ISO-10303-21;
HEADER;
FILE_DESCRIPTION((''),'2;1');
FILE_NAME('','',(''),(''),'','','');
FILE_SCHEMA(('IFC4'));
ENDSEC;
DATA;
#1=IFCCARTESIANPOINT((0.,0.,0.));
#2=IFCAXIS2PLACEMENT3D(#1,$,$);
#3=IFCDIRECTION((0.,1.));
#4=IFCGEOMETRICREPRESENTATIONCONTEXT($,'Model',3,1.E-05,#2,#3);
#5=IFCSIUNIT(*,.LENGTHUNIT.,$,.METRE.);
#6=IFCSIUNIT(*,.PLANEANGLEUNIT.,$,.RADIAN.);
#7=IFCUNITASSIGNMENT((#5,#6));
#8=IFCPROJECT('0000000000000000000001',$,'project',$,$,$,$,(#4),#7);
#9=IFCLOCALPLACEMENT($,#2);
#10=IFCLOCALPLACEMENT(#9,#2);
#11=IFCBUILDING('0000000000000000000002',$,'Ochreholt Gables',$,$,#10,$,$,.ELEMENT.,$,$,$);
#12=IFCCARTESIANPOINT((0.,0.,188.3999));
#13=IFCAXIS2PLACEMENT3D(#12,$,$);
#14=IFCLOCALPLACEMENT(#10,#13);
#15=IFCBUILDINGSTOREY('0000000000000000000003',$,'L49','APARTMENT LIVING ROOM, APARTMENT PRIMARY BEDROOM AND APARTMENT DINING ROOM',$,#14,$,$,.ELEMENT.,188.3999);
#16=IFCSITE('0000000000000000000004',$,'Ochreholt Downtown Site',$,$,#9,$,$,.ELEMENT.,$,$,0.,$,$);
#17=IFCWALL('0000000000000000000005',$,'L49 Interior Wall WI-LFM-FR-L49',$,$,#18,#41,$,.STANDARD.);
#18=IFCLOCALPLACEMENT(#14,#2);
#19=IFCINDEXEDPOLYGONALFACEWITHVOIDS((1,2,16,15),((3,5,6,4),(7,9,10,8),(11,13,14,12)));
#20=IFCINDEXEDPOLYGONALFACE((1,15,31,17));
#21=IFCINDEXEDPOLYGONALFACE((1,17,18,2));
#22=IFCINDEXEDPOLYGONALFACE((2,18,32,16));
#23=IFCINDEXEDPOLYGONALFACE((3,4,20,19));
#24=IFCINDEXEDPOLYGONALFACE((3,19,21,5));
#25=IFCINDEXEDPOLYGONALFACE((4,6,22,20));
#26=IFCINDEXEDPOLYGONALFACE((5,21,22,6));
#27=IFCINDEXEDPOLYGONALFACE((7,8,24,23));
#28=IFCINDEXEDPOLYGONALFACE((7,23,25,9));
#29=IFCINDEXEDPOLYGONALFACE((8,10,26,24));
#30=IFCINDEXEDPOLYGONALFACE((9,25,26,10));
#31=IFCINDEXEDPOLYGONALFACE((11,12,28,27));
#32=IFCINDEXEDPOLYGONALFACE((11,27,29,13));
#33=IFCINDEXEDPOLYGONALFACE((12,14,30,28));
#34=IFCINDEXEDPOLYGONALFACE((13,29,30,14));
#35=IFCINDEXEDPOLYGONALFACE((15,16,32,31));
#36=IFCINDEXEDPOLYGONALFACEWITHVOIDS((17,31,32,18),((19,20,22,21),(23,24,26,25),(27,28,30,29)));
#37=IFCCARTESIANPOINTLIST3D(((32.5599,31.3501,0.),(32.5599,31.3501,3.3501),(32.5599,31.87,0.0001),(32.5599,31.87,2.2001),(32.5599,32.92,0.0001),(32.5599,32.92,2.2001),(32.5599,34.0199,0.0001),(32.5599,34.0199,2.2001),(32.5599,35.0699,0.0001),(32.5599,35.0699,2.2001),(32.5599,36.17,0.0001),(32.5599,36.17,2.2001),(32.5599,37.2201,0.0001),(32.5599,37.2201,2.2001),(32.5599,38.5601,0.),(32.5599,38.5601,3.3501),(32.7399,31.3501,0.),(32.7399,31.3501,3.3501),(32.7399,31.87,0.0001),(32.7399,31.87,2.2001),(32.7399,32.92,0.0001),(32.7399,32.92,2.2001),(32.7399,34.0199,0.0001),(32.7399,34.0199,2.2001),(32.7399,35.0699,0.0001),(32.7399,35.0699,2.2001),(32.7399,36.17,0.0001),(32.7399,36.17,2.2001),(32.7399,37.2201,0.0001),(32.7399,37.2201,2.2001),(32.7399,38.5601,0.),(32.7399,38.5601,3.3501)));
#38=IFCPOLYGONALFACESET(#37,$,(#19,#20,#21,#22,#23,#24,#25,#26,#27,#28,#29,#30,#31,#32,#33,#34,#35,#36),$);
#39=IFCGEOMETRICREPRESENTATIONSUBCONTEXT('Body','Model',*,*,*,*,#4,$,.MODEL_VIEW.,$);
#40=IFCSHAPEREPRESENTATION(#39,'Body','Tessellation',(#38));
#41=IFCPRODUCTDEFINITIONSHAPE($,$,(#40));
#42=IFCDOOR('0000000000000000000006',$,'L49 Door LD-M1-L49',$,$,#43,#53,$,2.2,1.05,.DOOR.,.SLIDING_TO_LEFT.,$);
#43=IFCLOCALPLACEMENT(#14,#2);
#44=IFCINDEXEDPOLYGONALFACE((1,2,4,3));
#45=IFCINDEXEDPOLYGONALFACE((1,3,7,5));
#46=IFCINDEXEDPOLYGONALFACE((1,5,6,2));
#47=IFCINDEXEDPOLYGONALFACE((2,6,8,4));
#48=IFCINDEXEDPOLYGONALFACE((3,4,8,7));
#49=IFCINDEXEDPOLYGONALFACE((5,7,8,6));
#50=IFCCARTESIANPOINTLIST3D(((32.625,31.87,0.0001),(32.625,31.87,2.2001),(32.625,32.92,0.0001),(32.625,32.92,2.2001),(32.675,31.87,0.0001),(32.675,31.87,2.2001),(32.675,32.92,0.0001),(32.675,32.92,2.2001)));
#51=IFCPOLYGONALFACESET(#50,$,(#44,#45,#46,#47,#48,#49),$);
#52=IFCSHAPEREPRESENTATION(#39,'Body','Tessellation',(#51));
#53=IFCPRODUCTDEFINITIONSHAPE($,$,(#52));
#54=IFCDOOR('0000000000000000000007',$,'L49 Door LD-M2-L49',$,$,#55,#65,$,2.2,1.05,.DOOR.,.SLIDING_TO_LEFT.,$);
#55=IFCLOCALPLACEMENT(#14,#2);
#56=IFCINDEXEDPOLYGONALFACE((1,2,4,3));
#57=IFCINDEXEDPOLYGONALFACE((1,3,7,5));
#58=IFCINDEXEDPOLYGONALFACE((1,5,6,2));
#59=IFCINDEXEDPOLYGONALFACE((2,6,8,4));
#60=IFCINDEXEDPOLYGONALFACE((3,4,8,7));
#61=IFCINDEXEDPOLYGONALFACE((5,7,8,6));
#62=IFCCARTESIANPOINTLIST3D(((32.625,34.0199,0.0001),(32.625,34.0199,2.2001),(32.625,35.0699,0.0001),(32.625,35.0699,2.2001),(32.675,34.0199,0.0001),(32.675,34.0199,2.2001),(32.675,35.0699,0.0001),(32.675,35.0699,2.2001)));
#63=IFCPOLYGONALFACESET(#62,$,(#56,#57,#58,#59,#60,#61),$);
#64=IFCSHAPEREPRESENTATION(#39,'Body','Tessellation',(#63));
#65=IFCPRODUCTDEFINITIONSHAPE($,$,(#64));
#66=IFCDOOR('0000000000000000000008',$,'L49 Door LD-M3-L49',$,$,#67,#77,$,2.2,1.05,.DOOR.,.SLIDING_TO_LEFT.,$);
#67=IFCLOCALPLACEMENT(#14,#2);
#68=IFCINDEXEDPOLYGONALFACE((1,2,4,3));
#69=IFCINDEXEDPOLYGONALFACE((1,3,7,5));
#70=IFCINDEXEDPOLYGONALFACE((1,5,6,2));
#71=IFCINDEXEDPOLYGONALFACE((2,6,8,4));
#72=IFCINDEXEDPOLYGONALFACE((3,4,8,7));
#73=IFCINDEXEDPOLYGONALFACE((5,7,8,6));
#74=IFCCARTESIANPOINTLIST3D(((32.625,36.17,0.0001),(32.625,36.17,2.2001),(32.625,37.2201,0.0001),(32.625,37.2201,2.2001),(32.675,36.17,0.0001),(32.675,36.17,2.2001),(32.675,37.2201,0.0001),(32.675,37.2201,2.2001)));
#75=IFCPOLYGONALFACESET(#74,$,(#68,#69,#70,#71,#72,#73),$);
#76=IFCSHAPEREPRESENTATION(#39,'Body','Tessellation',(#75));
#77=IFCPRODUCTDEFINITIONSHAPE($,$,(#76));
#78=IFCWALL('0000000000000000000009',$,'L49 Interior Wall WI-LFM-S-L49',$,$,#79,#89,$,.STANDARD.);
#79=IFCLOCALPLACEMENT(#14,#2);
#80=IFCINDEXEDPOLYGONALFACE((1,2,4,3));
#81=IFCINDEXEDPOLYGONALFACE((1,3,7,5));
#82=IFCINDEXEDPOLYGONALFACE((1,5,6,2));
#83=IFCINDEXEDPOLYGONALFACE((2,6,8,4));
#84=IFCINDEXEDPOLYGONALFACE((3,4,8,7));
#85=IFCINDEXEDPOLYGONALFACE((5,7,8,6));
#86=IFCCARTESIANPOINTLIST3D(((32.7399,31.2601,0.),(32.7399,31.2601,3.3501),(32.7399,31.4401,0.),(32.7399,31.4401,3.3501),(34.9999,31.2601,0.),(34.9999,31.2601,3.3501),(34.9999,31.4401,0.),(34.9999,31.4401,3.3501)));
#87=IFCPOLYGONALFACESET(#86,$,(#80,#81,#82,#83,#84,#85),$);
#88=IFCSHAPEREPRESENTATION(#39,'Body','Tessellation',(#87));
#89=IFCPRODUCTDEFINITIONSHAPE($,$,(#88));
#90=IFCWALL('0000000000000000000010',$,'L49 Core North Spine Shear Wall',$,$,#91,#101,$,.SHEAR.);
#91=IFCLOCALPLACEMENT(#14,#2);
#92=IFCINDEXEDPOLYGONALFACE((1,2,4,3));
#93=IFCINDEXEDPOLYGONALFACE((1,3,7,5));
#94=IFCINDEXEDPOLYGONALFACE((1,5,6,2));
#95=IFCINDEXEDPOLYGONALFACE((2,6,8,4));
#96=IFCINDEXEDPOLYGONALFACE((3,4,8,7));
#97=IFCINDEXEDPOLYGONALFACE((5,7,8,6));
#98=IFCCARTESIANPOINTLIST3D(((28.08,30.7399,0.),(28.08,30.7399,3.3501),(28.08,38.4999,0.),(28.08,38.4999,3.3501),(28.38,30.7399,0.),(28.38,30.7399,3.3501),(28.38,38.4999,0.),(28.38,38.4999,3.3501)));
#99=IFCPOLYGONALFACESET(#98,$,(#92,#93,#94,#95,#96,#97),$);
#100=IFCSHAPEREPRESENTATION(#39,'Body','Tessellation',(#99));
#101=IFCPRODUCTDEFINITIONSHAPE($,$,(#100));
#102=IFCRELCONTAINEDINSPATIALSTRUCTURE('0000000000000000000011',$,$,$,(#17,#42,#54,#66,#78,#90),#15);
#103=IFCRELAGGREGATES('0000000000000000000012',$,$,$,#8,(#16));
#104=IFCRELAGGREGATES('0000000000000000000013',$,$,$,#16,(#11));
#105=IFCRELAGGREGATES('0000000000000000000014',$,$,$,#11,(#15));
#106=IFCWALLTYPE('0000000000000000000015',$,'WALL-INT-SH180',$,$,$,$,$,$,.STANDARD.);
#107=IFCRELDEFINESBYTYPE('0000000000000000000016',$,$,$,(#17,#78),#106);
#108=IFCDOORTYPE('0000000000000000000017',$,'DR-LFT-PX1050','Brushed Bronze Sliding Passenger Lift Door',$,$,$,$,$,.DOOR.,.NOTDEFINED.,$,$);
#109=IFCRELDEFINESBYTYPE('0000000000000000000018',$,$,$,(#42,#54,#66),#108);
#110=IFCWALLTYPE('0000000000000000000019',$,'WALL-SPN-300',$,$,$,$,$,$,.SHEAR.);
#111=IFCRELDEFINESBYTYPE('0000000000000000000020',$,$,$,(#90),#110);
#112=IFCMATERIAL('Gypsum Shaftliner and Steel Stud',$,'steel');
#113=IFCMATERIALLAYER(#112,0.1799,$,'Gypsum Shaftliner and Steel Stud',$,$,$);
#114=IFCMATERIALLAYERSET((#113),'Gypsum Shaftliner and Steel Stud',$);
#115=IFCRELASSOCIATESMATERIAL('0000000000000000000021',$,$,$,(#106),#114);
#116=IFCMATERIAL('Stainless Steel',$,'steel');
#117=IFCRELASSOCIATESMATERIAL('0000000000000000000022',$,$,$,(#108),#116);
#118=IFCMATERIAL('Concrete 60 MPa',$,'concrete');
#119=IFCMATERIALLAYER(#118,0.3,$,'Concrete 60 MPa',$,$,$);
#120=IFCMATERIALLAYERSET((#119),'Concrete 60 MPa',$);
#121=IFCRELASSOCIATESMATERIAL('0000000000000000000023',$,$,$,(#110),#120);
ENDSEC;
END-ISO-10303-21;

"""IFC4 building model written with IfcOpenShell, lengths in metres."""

from ifc_helpers import new_model, si_unit, direction, frame, frame_2d, origin, place, context, subcontext, project, spatial, rectangle, extrude, material, layer, layer_set, type_object, element, fill, save


model = new_model("IFC4")

# Units and contexts
model_context = context("Model", 3, precision=1e-05, world=origin(), true_north=direction((0.0, 1.0)))
body_context = subcontext(model_context, "Body", "Model", "MODEL_VIEW")
ifc_project = project(units=[si_unit("LENGTHUNIT", "METRE"), si_unit("PLANEANGLEUNIT", "RADIAN")], contexts=[model_context])

# Site, building, storey
site_placement = place(None, origin())
site = spatial("IfcSite", under=ifc_project, at=site_placement, Name="Ochreholt Downtown Site", CompositionType="ELEMENT", RefElevation=0.0)
building_placement = place(site_placement, origin())
building = spatial("IfcBuilding", under=site, at=building_placement, Name="Ochreholt Gables", CompositionType="ELEMENT")
storey_placement = place(building_placement, frame((0.0, 0.0, 188.3999)))
storey = spatial("IfcBuildingStorey", under=building, at=storey_placement, Name="L49", Description="APARTMENT LIVING ROOM, APARTMENT PRIMARY BEDROOM AND APARTMENT DINING ROOM", CompositionType="ELEMENT", Elevation=188.3999)

# Shared definitions
ifc_material_1 = material(Name="Gypsum Shaftliner and Steel Stud", Category="steel")
ifc_layer_1 = layer(ifc_material_1, 0.1799, Name="Gypsum Shaftliner and Steel Stud")
ifc_layer_set_1 = layer_set([ifc_layer_1], Name="Gypsum Shaftliner and Steel Stud")
wall_type_1 = type_object("IfcWallType", Name="WALL-INT-SH180", PredefinedType="STANDARD", material=ifc_layer_set_1)

# Wall, openings, doors
wall_1_placement = place(storey_placement, frame((32.6499, 31.3501, 0.0), z_axis=(0.0, 0.0, 1.0), x_axis=(0.0, 1.0, 0.0)))
wall_1 = element("IfcWall", 1, at=wall_1_placement, inside=storey, type_object=wall_type_1, Name="L49 Interior Wall WI-LFM-FR-L49", PredefinedType="STANDARD", context=body_context, shape_type="SweptSolid", body=[
    extrude(rectangle(XDim=7.21, YDim=0.1799, at=frame_2d((3.605, 0.0))), origin(), (0.0, 0.0, 1.0), 3.3501),
])
opening_1_placement = place(wall_1_placement, frame((0.52, 0.0, 0.0)))
opening_1 = element("IfcOpeningElement", 2, at=opening_1_placement, cuts=wall_1, PredefinedType="OPENING", context=body_context, shape_type="SweptSolid", body=[
    extrude(rectangle(XDim=1.05, YDim=2.2, at=frame_2d((0.5249, 1.1001))), frame((0.0, 0.0999, 0.0), z_axis=(0.0, -1.0, 0.0), x_axis=(1.0, 0.0, 0.0)), (0.0, 0.0, 1.0), 0.2),
])
opening_2_placement = place(wall_1_placement, frame((2.6699, 0.0, 0.0)))
opening_2 = element("IfcOpeningElement", 3, at=opening_2_placement, cuts=wall_1, PredefinedType="OPENING", context=body_context, shape_type="SweptSolid", body=[
    extrude(rectangle(XDim=1.05, YDim=2.2, at=frame_2d((0.5249, 1.1001))), frame((0.0, 0.0999, 0.0), z_axis=(0.0, -1.0, 0.0), x_axis=(1.0, 0.0, 0.0)), (0.0, 0.0, 1.0), 0.2),
])
opening_3_placement = place(wall_1_placement, frame((4.8201, 0.0, 0.0)))
opening_3 = element("IfcOpeningElement", 4, at=opening_3_placement, cuts=wall_1, PredefinedType="OPENING", context=body_context, shape_type="SweptSolid", body=[
    extrude(rectangle(XDim=1.05, YDim=2.2, at=frame_2d((0.5249, 1.1001))), frame((0.0, 0.0999, 0.0), z_axis=(0.0, -1.0, 0.0), x_axis=(1.0, 0.0, 0.0)), (0.0, 0.0, 1.0), 0.2),
])
ifc_material_2 = material(Name="Stainless Steel", Category="steel")
door_type_1 = type_object("IfcDoorType", Name="DR-LFT-PX1050", Description="Brushed Bronze Sliding Passenger Lift Door", OperationType="NOTDEFINED", PredefinedType="DOOR", material=ifc_material_2)
door_1_placement = place(opening_1_placement, origin())
door_1 = element("IfcDoor", 5, at=door_1_placement, inside=storey, type_object=door_type_1, Name="L49 Door LD-M1-L49", OperationType="SLIDING_TO_LEFT", OverallHeight=2.2, OverallWidth=1.05, PredefinedType="DOOR", context=body_context, shape_type="SweptSolid", body=[
    extrude(rectangle(XDim=1.05, YDim=2.2, at=frame_2d((0.5249, 1.1001))), frame((0.0, 0.0249, 0.0), z_axis=(0.0, -1.0, 0.0), x_axis=(1.0, 0.0, 0.0)), (0.0, 0.0, 1.0), 0.05),
])
fill(opening_1, door_1)
door_2_placement = place(opening_2_placement, origin())
door_2 = element("IfcDoor", 6, at=door_2_placement, inside=storey, type_object=door_type_1, Name="L49 Door LD-M2-L49", OperationType="SLIDING_TO_LEFT", OverallHeight=2.2, OverallWidth=1.05, PredefinedType="DOOR", context=body_context, shape_type="SweptSolid", body=[
    extrude(rectangle(XDim=1.05, YDim=2.2, at=frame_2d((0.5249, 1.1001))), frame((0.0, 0.0249, 0.0), z_axis=(0.0, -1.0, 0.0), x_axis=(1.0, 0.0, 0.0)), (0.0, 0.0, 1.0), 0.05),
])
fill(opening_2, door_2)
door_3_placement = place(opening_3_placement, origin())
door_3 = element("IfcDoor", 7, at=door_3_placement, inside=storey, type_object=door_type_1, Name="L49 Door LD-M3-L49", OperationType="SLIDING_TO_LEFT", OverallHeight=2.2, OverallWidth=1.05, PredefinedType="DOOR", context=body_context, shape_type="SweptSolid", body=[
    extrude(rectangle(XDim=1.05, YDim=2.2, at=frame_2d((0.5249, 1.1001))), frame((0.0, 0.0249, 0.0), z_axis=(0.0, -1.0, 0.0), x_axis=(1.0, 0.0, 0.0)), (0.0, 0.0, 1.0), 0.05),
])
fill(opening_3, door_3)

# Walls
wall_2_placement = place(storey_placement, frame((32.74, 31.3501, 0.0), z_axis=(0.0, 0.0, 1.0), x_axis=(1.0, 0.0, 0.0)))
element("IfcWall", 8, at=wall_2_placement, inside=storey, type_object=wall_type_1, Name="L49 Interior Wall WI-LFM-S-L49", PredefinedType="STANDARD", context=body_context, shape_type="SweptSolid", body=[
    extrude(rectangle(XDim=2.26, YDim=0.1799, at=frame_2d((1.1299, 0.0))), origin(), (0.0, 0.0, 1.0), 3.3501),
])
ifc_material_3 = material(Name="Concrete 60 MPa", Category="concrete")
ifc_layer_2 = layer(ifc_material_3, 0.3, Name="Concrete 60 MPa")
ifc_layer_set_2 = layer_set([ifc_layer_2], Name="Concrete 60 MPa")
wall_type_2 = type_object("IfcWallType", Name="WALL-SPN-300", PredefinedType="SHEAR", material=ifc_layer_set_2)
wall_3_placement = place(storey_placement, frame((28.23, 30.74, 0.0), z_axis=(0.0, 0.0, 1.0), x_axis=(0.0, 1.0, 0.0)))
element("IfcWall", 9, at=wall_3_placement, inside=storey, type_object=wall_type_2, Name="L49 Core North Spine Shear Wall", PredefinedType="SHEAR", context=body_context, shape_type="SweptSolid", body=[
    extrude(rectangle(XDim=7.76, YDim=0.3, at=frame_2d((3.8799, 0.0))), origin(), (0.0, 0.0, 1.0), 3.3501),
])

save(model, "model.ifc")
